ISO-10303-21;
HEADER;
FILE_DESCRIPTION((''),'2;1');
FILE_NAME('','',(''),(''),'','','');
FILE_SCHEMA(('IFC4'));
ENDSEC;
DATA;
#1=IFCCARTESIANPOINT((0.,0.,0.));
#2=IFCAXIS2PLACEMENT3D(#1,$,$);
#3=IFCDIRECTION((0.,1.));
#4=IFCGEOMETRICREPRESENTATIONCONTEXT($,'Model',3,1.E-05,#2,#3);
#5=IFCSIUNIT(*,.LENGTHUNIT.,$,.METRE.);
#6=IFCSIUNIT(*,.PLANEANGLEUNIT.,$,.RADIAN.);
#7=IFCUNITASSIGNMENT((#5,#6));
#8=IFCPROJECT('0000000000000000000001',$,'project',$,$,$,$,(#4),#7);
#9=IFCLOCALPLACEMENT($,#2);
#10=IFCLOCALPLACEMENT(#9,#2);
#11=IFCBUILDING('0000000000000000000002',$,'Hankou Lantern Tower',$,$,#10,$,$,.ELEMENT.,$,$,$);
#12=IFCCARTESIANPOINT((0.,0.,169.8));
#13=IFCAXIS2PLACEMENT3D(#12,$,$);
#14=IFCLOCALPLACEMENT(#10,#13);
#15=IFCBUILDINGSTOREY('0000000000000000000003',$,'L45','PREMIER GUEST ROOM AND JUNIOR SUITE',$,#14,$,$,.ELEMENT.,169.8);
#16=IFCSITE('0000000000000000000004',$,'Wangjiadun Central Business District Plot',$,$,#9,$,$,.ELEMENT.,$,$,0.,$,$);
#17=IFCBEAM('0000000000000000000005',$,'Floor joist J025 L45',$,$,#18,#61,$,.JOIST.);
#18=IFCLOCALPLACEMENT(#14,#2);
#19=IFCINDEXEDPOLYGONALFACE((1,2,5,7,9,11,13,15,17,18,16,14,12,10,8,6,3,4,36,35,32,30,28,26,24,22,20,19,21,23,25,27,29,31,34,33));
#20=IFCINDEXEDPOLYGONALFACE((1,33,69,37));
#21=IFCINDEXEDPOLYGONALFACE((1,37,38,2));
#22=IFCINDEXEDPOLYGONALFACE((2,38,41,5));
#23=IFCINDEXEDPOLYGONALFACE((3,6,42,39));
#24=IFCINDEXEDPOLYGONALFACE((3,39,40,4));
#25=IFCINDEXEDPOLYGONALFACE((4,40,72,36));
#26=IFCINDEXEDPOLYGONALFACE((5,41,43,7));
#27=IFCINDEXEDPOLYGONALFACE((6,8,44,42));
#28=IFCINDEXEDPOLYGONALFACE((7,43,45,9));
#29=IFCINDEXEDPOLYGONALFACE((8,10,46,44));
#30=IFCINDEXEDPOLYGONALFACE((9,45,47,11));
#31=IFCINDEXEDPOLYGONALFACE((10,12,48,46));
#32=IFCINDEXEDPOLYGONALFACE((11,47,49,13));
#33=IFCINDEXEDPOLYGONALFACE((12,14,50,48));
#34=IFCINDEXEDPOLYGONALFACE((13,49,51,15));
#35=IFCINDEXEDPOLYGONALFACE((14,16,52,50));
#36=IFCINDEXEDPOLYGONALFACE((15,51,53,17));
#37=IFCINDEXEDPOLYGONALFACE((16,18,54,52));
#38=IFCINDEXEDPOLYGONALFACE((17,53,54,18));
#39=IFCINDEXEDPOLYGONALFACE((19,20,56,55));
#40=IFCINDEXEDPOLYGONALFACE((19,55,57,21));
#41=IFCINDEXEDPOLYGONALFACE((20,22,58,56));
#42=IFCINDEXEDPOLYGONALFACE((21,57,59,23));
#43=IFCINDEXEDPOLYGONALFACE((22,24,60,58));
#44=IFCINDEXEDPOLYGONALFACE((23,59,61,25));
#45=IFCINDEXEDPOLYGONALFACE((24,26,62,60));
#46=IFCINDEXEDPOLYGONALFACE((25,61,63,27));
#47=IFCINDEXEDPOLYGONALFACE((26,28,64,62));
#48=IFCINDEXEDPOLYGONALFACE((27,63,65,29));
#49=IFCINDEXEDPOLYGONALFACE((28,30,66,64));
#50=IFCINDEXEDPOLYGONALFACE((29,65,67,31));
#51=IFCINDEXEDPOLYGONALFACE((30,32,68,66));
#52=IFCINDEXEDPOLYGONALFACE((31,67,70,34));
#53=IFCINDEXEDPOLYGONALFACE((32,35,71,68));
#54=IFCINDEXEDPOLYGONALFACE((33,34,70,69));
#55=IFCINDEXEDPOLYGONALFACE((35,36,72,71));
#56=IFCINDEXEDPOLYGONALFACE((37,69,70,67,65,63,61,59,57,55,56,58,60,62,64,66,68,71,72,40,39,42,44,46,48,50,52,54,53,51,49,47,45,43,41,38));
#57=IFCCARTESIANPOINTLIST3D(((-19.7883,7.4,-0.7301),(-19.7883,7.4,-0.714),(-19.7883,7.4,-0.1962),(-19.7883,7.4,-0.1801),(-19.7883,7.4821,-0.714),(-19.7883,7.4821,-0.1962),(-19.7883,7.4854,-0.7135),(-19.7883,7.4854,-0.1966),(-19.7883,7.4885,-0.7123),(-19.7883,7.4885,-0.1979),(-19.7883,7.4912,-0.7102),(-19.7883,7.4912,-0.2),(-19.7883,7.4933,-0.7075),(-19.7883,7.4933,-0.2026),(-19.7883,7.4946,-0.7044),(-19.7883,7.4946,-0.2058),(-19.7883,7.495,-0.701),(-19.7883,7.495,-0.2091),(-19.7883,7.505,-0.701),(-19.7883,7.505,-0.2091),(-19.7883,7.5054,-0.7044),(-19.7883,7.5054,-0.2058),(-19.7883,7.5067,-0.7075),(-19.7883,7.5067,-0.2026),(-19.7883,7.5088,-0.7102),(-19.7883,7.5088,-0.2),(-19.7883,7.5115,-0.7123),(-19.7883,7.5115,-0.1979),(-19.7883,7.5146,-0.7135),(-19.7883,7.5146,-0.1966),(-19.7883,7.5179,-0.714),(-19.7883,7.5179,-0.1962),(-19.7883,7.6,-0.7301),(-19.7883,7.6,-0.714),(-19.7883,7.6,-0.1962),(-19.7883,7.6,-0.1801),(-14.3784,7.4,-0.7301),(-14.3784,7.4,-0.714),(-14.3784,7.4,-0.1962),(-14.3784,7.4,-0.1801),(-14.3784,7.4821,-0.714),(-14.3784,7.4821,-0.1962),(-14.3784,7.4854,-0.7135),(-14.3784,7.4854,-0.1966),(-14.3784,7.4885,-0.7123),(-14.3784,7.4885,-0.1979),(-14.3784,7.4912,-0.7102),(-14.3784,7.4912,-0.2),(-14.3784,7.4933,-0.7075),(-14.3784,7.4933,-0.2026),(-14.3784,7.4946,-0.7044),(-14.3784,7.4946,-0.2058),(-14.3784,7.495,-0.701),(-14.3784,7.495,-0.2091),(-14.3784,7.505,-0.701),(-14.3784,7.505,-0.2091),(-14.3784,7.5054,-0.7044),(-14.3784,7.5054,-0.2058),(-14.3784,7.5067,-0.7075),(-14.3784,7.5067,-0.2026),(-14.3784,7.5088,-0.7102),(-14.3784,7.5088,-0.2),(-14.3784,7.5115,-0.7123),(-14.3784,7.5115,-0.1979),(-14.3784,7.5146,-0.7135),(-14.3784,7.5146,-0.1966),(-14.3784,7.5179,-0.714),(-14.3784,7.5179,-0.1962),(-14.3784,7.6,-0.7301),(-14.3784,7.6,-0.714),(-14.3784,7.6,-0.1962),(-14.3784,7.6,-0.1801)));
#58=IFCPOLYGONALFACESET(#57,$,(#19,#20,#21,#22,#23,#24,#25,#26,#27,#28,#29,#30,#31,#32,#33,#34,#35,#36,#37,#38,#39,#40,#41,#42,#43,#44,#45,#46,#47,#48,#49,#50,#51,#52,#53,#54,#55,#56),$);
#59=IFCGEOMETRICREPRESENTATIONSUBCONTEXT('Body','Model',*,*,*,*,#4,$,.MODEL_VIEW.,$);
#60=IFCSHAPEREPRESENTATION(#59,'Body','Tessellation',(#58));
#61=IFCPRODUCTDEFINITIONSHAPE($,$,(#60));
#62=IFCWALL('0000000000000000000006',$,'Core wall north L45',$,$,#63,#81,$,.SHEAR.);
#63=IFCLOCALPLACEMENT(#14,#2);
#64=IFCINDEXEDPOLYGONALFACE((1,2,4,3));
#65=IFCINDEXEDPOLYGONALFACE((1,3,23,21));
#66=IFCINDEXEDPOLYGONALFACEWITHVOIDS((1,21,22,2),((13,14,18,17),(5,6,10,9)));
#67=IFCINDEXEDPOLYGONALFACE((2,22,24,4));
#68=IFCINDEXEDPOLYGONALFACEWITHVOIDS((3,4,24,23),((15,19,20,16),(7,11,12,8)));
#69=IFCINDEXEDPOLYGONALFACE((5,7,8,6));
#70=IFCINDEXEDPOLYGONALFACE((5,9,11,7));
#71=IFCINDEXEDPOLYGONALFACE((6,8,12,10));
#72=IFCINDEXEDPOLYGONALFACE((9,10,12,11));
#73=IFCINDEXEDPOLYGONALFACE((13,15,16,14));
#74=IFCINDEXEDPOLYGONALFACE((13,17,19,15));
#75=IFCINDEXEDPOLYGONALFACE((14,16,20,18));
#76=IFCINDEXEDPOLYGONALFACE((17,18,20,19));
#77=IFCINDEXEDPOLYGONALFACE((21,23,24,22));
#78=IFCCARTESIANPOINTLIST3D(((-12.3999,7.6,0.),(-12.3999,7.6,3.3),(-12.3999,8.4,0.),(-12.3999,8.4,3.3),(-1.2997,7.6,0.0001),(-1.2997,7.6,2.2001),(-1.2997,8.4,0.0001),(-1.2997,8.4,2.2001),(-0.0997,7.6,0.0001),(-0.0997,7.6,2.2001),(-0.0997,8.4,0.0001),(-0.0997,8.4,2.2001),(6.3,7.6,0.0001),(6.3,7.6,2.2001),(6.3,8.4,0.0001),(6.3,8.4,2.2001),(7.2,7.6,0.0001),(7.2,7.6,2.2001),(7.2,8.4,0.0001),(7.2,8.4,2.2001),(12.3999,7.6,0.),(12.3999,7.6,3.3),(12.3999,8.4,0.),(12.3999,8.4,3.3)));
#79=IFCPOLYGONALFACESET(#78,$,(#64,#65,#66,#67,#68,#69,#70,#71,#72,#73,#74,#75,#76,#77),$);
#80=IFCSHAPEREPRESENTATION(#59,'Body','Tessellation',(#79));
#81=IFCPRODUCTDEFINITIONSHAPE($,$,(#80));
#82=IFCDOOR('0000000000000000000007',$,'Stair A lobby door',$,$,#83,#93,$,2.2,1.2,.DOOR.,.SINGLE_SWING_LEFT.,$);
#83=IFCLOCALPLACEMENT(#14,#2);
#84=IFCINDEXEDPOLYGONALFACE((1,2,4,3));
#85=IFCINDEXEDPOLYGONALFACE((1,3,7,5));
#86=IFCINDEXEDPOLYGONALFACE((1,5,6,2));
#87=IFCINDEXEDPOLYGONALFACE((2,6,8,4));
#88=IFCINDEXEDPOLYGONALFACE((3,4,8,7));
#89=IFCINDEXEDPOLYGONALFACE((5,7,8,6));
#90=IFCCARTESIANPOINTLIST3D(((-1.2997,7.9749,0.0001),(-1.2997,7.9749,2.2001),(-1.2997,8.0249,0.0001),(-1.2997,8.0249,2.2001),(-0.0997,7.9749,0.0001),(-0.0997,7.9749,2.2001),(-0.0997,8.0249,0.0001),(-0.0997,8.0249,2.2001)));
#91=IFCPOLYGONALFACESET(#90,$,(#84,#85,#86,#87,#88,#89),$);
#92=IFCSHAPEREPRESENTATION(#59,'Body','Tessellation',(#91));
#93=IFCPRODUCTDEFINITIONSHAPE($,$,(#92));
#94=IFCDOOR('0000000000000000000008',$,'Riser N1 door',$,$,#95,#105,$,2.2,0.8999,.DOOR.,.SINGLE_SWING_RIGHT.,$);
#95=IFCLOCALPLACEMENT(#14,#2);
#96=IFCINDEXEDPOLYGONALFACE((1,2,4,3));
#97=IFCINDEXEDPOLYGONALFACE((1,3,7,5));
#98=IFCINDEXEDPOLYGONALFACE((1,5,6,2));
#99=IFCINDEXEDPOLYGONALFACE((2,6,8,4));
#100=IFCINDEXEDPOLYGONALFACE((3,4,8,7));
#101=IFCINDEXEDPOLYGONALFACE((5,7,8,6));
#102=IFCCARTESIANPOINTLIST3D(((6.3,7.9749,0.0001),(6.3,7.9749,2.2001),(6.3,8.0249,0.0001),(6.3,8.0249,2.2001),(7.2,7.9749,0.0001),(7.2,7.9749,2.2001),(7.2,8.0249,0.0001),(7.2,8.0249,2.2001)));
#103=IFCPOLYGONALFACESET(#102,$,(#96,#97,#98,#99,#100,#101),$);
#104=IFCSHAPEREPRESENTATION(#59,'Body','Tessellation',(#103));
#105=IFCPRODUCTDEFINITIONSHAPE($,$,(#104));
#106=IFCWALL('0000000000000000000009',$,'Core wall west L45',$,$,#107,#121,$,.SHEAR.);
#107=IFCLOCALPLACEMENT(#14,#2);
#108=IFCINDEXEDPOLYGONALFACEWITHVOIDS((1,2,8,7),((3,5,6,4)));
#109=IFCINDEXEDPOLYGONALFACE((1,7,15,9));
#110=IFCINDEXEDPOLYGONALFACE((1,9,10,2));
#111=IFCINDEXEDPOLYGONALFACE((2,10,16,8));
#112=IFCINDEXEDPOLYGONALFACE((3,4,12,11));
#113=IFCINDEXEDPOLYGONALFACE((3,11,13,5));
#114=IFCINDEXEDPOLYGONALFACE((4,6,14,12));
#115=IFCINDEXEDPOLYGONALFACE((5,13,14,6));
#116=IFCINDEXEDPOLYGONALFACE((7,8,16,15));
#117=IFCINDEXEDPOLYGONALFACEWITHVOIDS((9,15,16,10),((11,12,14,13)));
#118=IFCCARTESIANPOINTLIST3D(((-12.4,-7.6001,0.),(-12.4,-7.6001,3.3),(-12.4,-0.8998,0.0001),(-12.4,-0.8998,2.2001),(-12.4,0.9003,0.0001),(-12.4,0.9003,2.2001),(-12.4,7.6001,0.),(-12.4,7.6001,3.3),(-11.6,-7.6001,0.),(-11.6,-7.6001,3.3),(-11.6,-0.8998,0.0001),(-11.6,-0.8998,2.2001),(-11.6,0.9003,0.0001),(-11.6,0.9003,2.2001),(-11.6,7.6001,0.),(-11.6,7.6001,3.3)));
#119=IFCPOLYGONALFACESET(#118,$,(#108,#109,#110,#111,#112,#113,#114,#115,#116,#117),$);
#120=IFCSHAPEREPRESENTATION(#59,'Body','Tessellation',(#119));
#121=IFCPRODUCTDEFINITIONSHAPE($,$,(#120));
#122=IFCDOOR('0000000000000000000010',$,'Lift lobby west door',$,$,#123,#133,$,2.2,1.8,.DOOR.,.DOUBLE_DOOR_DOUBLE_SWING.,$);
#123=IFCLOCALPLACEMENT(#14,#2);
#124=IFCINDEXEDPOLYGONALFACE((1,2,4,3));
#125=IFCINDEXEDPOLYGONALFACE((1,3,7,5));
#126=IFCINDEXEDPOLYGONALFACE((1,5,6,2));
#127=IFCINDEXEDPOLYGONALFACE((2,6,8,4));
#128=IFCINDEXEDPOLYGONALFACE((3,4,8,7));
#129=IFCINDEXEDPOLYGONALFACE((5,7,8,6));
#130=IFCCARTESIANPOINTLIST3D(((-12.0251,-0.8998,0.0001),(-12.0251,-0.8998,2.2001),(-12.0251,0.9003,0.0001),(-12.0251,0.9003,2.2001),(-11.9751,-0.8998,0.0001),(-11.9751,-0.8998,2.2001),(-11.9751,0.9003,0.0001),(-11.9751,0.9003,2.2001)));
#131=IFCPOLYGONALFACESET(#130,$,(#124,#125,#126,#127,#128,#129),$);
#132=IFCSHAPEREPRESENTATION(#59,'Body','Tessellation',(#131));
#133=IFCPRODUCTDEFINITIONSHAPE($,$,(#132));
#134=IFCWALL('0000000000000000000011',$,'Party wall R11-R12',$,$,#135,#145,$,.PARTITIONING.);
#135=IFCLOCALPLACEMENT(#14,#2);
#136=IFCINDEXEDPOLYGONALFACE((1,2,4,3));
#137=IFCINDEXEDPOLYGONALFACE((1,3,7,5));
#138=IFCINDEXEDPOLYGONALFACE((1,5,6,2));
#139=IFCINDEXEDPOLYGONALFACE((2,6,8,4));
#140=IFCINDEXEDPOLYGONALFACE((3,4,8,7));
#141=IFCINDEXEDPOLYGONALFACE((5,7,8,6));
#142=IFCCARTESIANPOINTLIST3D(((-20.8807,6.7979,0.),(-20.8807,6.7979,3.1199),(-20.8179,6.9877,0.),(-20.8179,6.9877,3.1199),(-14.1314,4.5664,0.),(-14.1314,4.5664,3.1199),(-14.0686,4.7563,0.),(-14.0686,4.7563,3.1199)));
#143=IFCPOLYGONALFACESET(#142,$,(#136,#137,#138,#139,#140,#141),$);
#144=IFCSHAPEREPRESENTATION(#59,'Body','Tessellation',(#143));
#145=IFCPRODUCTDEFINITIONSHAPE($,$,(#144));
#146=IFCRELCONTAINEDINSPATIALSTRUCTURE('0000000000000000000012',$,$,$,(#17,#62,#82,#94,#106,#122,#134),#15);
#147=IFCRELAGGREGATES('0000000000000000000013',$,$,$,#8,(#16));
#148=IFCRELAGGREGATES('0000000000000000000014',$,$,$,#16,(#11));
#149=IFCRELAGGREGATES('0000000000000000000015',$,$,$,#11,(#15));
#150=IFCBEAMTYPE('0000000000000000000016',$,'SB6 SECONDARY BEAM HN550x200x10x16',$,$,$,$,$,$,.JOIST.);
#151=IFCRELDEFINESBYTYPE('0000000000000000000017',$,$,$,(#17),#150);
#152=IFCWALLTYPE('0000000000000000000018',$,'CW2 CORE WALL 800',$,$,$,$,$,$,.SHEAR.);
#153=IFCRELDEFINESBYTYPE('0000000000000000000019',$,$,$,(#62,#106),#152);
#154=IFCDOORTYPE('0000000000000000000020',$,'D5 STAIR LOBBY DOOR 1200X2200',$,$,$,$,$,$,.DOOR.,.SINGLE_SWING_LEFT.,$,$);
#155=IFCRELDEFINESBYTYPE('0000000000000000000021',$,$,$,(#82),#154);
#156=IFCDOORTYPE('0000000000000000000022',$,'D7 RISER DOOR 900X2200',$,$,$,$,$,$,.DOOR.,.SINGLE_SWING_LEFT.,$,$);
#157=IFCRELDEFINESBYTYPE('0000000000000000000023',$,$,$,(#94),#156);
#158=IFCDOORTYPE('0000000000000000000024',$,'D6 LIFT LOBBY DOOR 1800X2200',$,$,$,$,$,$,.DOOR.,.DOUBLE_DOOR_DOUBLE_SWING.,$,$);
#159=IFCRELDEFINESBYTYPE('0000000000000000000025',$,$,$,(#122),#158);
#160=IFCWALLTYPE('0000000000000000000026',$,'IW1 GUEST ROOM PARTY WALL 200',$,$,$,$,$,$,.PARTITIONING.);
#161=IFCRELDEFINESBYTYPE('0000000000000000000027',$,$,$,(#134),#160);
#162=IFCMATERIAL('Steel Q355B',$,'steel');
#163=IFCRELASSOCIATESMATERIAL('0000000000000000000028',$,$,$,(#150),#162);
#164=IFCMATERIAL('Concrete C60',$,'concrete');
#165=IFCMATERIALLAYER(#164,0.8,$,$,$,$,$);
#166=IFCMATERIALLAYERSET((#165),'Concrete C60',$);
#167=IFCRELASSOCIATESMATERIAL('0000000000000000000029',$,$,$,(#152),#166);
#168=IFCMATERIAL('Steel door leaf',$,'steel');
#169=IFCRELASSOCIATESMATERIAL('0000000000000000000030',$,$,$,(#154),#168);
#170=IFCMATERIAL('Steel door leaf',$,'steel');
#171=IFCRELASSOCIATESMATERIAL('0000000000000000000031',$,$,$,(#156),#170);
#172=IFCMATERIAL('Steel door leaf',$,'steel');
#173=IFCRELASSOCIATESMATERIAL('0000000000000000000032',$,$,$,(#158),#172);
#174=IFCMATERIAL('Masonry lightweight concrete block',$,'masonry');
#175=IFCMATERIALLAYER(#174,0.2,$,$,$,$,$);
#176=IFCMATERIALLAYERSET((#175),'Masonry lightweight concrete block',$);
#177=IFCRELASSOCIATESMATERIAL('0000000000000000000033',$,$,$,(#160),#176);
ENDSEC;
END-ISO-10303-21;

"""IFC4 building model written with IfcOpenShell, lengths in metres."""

from ifc_helpers import new_model, si_unit, direction, frame, frame_2d, origin, origin_2d, place, context, subcontext, project, spatial, rectangle, i_section, extrude, material, layer, layer_set, material_profile, profile_set, type_object, element, fill, save


model = new_model("IFC4")

# Units and contexts
model_context = context("Model", 3, precision=1e-05, world=origin(), true_north=direction((0.0, 1.0)))
body_context = subcontext(model_context, "Body", "Model", "MODEL_VIEW")
ifc_project = project(units=[si_unit("LENGTHUNIT", "METRE"), si_unit("PLANEANGLEUNIT", "RADIAN")], contexts=[model_context])

# Site, building, storey
site_placement = place(None, origin())
site = spatial("IfcSite", under=ifc_project, at=site_placement, Name="Wangjiadun Central Business District Plot", CompositionType="ELEMENT", RefElevation=0.0)
building_placement = place(site_placement, origin())
building = spatial("IfcBuilding", under=site, at=building_placement, Name="Hankou Lantern Tower", CompositionType="ELEMENT")
storey_placement = place(building_placement, frame((0.0, 0.0, 169.8)))
storey = spatial("IfcBuildingStorey", under=building, at=storey_placement, Name="L45", Description="PREMIER GUEST ROOM AND JUNIOR SUITE", CompositionType="ELEMENT", Elevation=169.8)

# Beam
ifc_material_1 = material(Name="Steel Q355B", Category="steel")
ifc_material_profile_1 = material_profile(ifc_material_1, i_section(OverallWidth=0.2, OverallDepth=0.55, WebThickness=0.01, FlangeThickness=0.0161, FilletRadius=0.0129, at=origin_2d()), Name="HN550x200x10x16")
ifc_profile_set_1 = profile_set([ifc_material_profile_1], Name="Steel Q355B")
beam_type_1 = type_object("IfcBeamType", Name="SB6 SECONDARY BEAM HN550x200x10x16", PredefinedType="JOIST", material=ifc_profile_set_1)
beam_1_placement = place(storey_placement, frame((-19.7883, 7.5, -0.4551), z_axis=(1.0, 0.0, 0.0), x_axis=(0.0, 1.0, 0.0)))
element("IfcBeam", 1, at=beam_1_placement, inside=storey, type_object=beam_type_1, Name="Floor joist J025 L45", PredefinedType="JOIST", context=body_context, shape_type="SweptSolid", body=[
    extrude(i_section(OverallWidth=0.2, OverallDepth=0.55, WebThickness=0.01, FlangeThickness=0.0161, FilletRadius=0.0129, at=origin_2d()), origin(), (0.0, 0.0, 1.0), 5.4099),
])

# Wall, openings, doors
ifc_material_2 = material(Name="Concrete C60", Category="concrete")
ifc_layer_1 = layer(ifc_material_2, 0.8)
ifc_layer_set_1 = layer_set([ifc_layer_1], Name="Concrete C60")
wall_type_1 = type_object("IfcWallType", Name="CW2 CORE WALL 800", PredefinedType="SHEAR", material=ifc_layer_set_1)
wall_1_placement = place(storey_placement, frame((-12.3999, 8.0, 0.0), z_axis=(0.0, 0.0, 1.0), x_axis=(1.0, 0.0, 0.0)))
wall_1 = element("IfcWall", 2, at=wall_1_placement, inside=storey, type_object=wall_type_1, Name="Core wall north L45", PredefinedType="SHEAR", context=body_context, shape_type="SweptSolid", body=[
    extrude(rectangle(XDim=24.7998, YDim=0.8, at=frame_2d((12.3999, 0.0))), origin(), (0.0, 0.0, 1.0), 3.3),
])
opening_1_placement = place(wall_1_placement, frame((11.1001, 0.0, 0.0)))
opening_1 = element("IfcOpeningElement", 3, at=opening_1_placement, cuts=wall_1, PredefinedType="OPENING", context=body_context, shape_type="SweptSolid", body=[
    extrude(rectangle(XDim=1.2, YDim=2.2, at=frame_2d((0.6001, 1.1001))), frame((0.0, 0.4099, 0.0), z_axis=(0.0, -1.0, 0.0), x_axis=(1.0, 0.0, 0.0)), (0.0, 0.0, 1.0), 0.8201),
])
opening_2_placement = place(wall_1_placement, frame((18.7, 0.0, 0.0)))
opening_2 = element("IfcOpeningElement", 4, at=opening_2_placement, cuts=wall_1, PredefinedType="OPENING", context=body_context, shape_type="SweptSolid", body=[
    extrude(rectangle(XDim=0.8999, YDim=2.2, at=frame_2d((0.45, 1.1001))), frame((0.0, 0.4099, 0.0), z_axis=(0.0, -1.0, 0.0), x_axis=(1.0, 0.0, 0.0)), (0.0, 0.0, 1.0), 0.8201),
])
ifc_material_3 = material(Name="Steel door leaf", Category="steel")
door_type_1 = type_object("IfcDoorType", Name="D5 STAIR LOBBY DOOR 1200X2200", OperationType="SINGLE_SWING_LEFT", PredefinedType="DOOR", material=ifc_material_3)
door_1_placement = place(opening_1_placement, origin())
door_1 = element("IfcDoor", 5, at=door_1_placement, inside=storey, type_object=door_type_1, Name="Stair A lobby door", OperationType="SINGLE_SWING_LEFT", OverallHeight=2.2, OverallWidth=1.2, PredefinedType="DOOR", context=body_context, shape_type="SweptSolid", body=[
    extrude(rectangle(XDim=1.2, YDim=2.2, at=frame_2d((0.6001, 1.1001))), frame((0.0, 0.0249, 0.0), z_axis=(0.0, -1.0, 0.0), x_axis=(1.0, 0.0, 0.0)), (0.0, 0.0, 1.0), 0.05),
])
fill(opening_1, door_1)
ifc_material_4 = material(Name="Steel door leaf", Category="steel")
door_type_2 = type_object("IfcDoorType", Name="D7 RISER DOOR 900X2200", OperationType="SINGLE_SWING_LEFT", PredefinedType="DOOR", material=ifc_material_4)
door_2_placement = place(opening_2_placement, origin())
door_2 = element("IfcDoor", 6, at=door_2_placement, inside=storey, type_object=door_type_2, Name="Riser N1 door", OperationType="SINGLE_SWING_RIGHT", OverallHeight=2.2, OverallWidth=0.8999, PredefinedType="DOOR", context=body_context, shape_type="SweptSolid", body=[
    extrude(rectangle(XDim=0.8999, YDim=2.2, at=frame_2d((0.45, 1.1001))), frame((0.0, 0.0249, 0.0), z_axis=(0.0, -1.0, 0.0), x_axis=(1.0, 0.0, 0.0)), (0.0, 0.0, 1.0), 0.05),
])
fill(opening_2, door_2)

# Wall, opening, door
wall_2_placement = place(storey_placement, frame((-12.0, 7.6001, 0.0), z_axis=(0.0, 0.0, 1.0), x_axis=(0.0, -1.0, 0.0)))
wall_2 = element("IfcWall", 7, at=wall_2_placement, inside=storey, type_object=wall_type_1, Name="Core wall west L45", PredefinedType="SHEAR", context=body_context, shape_type="SweptSolid", body=[
    extrude(rectangle(XDim=15.2002, YDim=0.8, at=frame_2d((7.6001, 0.0))), origin(), (0.0, 0.0, 1.0), 3.3),
])
opening_3_placement = place(wall_2_placement, frame((6.7, 0.0, 0.0)))
opening_3 = element("IfcOpeningElement", 8, at=opening_3_placement, cuts=wall_2, PredefinedType="OPENING", context=body_context, shape_type="SweptSolid", body=[
    extrude(rectangle(XDim=1.8, YDim=2.2, at=frame_2d((0.8999, 1.1001))), frame((0.0, 0.4099, 0.0), z_axis=(0.0, -1.0, 0.0), x_axis=(1.0, 0.0, 0.0)), (0.0, 0.0, 1.0), 0.8201),
])
ifc_material_5 = material(Name="Steel door leaf", Category="steel")
door_type_3 = type_object("IfcDoorType", Name="D6 LIFT LOBBY DOOR 1800X2200", OperationType="DOUBLE_DOOR_DOUBLE_SWING", PredefinedType="DOOR", material=ifc_material_5)
door_3_placement = place(opening_3_placement, origin())
door_3 = element("IfcDoor", 9, at=door_3_placement, inside=storey, type_object=door_type_3, Name="Lift lobby west door", OperationType="DOUBLE_DOOR_DOUBLE_SWING", OverallHeight=2.2, OverallWidth=1.8, PredefinedType="DOOR", context=body_context, shape_type="SweptSolid", body=[
    extrude(rectangle(XDim=1.8, YDim=2.2, at=frame_2d((0.8999, 1.1001))), frame((0.0, 0.0249, 0.0), z_axis=(0.0, -1.0, 0.0), x_axis=(1.0, 0.0, 0.0)), (0.0, 0.0, 1.0), 0.05),
])
fill(opening_3, door_3)

# Wall
ifc_material_6 = material(Name="Masonry lightweight concrete block", Category="masonry")
ifc_layer_2 = layer(ifc_material_6, 0.2)
ifc_layer_set_2 = layer_set([ifc_layer_2], Name="Masonry lightweight concrete block")
wall_type_2 = type_object("IfcWallType", Name="IW1 GUEST ROOM PARTY WALL 200", PredefinedType="PARTITIONING", material=ifc_layer_set_2)
wall_3_placement = place(storey_placement, frame((-14.1001, 4.6614, 0.0), z_axis=(0.0, 0.0, 1.0), x_axis=(-0.949453, 0.313909, 0.0)))
element("IfcWall", 10, at=wall_3_placement, inside=storey, type_object=wall_type_2, Name="Party wall R11-R12", PredefinedType="PARTITIONING", context=body_context, shape_type="SweptSolid", body=[
    extrude(rectangle(XDim=7.1086, YDim=0.2, at=frame_2d((3.5542, 0.0))), origin(), (0.0, 0.0, 1.0), 3.1199),
])

save(model, "model.ifc")
